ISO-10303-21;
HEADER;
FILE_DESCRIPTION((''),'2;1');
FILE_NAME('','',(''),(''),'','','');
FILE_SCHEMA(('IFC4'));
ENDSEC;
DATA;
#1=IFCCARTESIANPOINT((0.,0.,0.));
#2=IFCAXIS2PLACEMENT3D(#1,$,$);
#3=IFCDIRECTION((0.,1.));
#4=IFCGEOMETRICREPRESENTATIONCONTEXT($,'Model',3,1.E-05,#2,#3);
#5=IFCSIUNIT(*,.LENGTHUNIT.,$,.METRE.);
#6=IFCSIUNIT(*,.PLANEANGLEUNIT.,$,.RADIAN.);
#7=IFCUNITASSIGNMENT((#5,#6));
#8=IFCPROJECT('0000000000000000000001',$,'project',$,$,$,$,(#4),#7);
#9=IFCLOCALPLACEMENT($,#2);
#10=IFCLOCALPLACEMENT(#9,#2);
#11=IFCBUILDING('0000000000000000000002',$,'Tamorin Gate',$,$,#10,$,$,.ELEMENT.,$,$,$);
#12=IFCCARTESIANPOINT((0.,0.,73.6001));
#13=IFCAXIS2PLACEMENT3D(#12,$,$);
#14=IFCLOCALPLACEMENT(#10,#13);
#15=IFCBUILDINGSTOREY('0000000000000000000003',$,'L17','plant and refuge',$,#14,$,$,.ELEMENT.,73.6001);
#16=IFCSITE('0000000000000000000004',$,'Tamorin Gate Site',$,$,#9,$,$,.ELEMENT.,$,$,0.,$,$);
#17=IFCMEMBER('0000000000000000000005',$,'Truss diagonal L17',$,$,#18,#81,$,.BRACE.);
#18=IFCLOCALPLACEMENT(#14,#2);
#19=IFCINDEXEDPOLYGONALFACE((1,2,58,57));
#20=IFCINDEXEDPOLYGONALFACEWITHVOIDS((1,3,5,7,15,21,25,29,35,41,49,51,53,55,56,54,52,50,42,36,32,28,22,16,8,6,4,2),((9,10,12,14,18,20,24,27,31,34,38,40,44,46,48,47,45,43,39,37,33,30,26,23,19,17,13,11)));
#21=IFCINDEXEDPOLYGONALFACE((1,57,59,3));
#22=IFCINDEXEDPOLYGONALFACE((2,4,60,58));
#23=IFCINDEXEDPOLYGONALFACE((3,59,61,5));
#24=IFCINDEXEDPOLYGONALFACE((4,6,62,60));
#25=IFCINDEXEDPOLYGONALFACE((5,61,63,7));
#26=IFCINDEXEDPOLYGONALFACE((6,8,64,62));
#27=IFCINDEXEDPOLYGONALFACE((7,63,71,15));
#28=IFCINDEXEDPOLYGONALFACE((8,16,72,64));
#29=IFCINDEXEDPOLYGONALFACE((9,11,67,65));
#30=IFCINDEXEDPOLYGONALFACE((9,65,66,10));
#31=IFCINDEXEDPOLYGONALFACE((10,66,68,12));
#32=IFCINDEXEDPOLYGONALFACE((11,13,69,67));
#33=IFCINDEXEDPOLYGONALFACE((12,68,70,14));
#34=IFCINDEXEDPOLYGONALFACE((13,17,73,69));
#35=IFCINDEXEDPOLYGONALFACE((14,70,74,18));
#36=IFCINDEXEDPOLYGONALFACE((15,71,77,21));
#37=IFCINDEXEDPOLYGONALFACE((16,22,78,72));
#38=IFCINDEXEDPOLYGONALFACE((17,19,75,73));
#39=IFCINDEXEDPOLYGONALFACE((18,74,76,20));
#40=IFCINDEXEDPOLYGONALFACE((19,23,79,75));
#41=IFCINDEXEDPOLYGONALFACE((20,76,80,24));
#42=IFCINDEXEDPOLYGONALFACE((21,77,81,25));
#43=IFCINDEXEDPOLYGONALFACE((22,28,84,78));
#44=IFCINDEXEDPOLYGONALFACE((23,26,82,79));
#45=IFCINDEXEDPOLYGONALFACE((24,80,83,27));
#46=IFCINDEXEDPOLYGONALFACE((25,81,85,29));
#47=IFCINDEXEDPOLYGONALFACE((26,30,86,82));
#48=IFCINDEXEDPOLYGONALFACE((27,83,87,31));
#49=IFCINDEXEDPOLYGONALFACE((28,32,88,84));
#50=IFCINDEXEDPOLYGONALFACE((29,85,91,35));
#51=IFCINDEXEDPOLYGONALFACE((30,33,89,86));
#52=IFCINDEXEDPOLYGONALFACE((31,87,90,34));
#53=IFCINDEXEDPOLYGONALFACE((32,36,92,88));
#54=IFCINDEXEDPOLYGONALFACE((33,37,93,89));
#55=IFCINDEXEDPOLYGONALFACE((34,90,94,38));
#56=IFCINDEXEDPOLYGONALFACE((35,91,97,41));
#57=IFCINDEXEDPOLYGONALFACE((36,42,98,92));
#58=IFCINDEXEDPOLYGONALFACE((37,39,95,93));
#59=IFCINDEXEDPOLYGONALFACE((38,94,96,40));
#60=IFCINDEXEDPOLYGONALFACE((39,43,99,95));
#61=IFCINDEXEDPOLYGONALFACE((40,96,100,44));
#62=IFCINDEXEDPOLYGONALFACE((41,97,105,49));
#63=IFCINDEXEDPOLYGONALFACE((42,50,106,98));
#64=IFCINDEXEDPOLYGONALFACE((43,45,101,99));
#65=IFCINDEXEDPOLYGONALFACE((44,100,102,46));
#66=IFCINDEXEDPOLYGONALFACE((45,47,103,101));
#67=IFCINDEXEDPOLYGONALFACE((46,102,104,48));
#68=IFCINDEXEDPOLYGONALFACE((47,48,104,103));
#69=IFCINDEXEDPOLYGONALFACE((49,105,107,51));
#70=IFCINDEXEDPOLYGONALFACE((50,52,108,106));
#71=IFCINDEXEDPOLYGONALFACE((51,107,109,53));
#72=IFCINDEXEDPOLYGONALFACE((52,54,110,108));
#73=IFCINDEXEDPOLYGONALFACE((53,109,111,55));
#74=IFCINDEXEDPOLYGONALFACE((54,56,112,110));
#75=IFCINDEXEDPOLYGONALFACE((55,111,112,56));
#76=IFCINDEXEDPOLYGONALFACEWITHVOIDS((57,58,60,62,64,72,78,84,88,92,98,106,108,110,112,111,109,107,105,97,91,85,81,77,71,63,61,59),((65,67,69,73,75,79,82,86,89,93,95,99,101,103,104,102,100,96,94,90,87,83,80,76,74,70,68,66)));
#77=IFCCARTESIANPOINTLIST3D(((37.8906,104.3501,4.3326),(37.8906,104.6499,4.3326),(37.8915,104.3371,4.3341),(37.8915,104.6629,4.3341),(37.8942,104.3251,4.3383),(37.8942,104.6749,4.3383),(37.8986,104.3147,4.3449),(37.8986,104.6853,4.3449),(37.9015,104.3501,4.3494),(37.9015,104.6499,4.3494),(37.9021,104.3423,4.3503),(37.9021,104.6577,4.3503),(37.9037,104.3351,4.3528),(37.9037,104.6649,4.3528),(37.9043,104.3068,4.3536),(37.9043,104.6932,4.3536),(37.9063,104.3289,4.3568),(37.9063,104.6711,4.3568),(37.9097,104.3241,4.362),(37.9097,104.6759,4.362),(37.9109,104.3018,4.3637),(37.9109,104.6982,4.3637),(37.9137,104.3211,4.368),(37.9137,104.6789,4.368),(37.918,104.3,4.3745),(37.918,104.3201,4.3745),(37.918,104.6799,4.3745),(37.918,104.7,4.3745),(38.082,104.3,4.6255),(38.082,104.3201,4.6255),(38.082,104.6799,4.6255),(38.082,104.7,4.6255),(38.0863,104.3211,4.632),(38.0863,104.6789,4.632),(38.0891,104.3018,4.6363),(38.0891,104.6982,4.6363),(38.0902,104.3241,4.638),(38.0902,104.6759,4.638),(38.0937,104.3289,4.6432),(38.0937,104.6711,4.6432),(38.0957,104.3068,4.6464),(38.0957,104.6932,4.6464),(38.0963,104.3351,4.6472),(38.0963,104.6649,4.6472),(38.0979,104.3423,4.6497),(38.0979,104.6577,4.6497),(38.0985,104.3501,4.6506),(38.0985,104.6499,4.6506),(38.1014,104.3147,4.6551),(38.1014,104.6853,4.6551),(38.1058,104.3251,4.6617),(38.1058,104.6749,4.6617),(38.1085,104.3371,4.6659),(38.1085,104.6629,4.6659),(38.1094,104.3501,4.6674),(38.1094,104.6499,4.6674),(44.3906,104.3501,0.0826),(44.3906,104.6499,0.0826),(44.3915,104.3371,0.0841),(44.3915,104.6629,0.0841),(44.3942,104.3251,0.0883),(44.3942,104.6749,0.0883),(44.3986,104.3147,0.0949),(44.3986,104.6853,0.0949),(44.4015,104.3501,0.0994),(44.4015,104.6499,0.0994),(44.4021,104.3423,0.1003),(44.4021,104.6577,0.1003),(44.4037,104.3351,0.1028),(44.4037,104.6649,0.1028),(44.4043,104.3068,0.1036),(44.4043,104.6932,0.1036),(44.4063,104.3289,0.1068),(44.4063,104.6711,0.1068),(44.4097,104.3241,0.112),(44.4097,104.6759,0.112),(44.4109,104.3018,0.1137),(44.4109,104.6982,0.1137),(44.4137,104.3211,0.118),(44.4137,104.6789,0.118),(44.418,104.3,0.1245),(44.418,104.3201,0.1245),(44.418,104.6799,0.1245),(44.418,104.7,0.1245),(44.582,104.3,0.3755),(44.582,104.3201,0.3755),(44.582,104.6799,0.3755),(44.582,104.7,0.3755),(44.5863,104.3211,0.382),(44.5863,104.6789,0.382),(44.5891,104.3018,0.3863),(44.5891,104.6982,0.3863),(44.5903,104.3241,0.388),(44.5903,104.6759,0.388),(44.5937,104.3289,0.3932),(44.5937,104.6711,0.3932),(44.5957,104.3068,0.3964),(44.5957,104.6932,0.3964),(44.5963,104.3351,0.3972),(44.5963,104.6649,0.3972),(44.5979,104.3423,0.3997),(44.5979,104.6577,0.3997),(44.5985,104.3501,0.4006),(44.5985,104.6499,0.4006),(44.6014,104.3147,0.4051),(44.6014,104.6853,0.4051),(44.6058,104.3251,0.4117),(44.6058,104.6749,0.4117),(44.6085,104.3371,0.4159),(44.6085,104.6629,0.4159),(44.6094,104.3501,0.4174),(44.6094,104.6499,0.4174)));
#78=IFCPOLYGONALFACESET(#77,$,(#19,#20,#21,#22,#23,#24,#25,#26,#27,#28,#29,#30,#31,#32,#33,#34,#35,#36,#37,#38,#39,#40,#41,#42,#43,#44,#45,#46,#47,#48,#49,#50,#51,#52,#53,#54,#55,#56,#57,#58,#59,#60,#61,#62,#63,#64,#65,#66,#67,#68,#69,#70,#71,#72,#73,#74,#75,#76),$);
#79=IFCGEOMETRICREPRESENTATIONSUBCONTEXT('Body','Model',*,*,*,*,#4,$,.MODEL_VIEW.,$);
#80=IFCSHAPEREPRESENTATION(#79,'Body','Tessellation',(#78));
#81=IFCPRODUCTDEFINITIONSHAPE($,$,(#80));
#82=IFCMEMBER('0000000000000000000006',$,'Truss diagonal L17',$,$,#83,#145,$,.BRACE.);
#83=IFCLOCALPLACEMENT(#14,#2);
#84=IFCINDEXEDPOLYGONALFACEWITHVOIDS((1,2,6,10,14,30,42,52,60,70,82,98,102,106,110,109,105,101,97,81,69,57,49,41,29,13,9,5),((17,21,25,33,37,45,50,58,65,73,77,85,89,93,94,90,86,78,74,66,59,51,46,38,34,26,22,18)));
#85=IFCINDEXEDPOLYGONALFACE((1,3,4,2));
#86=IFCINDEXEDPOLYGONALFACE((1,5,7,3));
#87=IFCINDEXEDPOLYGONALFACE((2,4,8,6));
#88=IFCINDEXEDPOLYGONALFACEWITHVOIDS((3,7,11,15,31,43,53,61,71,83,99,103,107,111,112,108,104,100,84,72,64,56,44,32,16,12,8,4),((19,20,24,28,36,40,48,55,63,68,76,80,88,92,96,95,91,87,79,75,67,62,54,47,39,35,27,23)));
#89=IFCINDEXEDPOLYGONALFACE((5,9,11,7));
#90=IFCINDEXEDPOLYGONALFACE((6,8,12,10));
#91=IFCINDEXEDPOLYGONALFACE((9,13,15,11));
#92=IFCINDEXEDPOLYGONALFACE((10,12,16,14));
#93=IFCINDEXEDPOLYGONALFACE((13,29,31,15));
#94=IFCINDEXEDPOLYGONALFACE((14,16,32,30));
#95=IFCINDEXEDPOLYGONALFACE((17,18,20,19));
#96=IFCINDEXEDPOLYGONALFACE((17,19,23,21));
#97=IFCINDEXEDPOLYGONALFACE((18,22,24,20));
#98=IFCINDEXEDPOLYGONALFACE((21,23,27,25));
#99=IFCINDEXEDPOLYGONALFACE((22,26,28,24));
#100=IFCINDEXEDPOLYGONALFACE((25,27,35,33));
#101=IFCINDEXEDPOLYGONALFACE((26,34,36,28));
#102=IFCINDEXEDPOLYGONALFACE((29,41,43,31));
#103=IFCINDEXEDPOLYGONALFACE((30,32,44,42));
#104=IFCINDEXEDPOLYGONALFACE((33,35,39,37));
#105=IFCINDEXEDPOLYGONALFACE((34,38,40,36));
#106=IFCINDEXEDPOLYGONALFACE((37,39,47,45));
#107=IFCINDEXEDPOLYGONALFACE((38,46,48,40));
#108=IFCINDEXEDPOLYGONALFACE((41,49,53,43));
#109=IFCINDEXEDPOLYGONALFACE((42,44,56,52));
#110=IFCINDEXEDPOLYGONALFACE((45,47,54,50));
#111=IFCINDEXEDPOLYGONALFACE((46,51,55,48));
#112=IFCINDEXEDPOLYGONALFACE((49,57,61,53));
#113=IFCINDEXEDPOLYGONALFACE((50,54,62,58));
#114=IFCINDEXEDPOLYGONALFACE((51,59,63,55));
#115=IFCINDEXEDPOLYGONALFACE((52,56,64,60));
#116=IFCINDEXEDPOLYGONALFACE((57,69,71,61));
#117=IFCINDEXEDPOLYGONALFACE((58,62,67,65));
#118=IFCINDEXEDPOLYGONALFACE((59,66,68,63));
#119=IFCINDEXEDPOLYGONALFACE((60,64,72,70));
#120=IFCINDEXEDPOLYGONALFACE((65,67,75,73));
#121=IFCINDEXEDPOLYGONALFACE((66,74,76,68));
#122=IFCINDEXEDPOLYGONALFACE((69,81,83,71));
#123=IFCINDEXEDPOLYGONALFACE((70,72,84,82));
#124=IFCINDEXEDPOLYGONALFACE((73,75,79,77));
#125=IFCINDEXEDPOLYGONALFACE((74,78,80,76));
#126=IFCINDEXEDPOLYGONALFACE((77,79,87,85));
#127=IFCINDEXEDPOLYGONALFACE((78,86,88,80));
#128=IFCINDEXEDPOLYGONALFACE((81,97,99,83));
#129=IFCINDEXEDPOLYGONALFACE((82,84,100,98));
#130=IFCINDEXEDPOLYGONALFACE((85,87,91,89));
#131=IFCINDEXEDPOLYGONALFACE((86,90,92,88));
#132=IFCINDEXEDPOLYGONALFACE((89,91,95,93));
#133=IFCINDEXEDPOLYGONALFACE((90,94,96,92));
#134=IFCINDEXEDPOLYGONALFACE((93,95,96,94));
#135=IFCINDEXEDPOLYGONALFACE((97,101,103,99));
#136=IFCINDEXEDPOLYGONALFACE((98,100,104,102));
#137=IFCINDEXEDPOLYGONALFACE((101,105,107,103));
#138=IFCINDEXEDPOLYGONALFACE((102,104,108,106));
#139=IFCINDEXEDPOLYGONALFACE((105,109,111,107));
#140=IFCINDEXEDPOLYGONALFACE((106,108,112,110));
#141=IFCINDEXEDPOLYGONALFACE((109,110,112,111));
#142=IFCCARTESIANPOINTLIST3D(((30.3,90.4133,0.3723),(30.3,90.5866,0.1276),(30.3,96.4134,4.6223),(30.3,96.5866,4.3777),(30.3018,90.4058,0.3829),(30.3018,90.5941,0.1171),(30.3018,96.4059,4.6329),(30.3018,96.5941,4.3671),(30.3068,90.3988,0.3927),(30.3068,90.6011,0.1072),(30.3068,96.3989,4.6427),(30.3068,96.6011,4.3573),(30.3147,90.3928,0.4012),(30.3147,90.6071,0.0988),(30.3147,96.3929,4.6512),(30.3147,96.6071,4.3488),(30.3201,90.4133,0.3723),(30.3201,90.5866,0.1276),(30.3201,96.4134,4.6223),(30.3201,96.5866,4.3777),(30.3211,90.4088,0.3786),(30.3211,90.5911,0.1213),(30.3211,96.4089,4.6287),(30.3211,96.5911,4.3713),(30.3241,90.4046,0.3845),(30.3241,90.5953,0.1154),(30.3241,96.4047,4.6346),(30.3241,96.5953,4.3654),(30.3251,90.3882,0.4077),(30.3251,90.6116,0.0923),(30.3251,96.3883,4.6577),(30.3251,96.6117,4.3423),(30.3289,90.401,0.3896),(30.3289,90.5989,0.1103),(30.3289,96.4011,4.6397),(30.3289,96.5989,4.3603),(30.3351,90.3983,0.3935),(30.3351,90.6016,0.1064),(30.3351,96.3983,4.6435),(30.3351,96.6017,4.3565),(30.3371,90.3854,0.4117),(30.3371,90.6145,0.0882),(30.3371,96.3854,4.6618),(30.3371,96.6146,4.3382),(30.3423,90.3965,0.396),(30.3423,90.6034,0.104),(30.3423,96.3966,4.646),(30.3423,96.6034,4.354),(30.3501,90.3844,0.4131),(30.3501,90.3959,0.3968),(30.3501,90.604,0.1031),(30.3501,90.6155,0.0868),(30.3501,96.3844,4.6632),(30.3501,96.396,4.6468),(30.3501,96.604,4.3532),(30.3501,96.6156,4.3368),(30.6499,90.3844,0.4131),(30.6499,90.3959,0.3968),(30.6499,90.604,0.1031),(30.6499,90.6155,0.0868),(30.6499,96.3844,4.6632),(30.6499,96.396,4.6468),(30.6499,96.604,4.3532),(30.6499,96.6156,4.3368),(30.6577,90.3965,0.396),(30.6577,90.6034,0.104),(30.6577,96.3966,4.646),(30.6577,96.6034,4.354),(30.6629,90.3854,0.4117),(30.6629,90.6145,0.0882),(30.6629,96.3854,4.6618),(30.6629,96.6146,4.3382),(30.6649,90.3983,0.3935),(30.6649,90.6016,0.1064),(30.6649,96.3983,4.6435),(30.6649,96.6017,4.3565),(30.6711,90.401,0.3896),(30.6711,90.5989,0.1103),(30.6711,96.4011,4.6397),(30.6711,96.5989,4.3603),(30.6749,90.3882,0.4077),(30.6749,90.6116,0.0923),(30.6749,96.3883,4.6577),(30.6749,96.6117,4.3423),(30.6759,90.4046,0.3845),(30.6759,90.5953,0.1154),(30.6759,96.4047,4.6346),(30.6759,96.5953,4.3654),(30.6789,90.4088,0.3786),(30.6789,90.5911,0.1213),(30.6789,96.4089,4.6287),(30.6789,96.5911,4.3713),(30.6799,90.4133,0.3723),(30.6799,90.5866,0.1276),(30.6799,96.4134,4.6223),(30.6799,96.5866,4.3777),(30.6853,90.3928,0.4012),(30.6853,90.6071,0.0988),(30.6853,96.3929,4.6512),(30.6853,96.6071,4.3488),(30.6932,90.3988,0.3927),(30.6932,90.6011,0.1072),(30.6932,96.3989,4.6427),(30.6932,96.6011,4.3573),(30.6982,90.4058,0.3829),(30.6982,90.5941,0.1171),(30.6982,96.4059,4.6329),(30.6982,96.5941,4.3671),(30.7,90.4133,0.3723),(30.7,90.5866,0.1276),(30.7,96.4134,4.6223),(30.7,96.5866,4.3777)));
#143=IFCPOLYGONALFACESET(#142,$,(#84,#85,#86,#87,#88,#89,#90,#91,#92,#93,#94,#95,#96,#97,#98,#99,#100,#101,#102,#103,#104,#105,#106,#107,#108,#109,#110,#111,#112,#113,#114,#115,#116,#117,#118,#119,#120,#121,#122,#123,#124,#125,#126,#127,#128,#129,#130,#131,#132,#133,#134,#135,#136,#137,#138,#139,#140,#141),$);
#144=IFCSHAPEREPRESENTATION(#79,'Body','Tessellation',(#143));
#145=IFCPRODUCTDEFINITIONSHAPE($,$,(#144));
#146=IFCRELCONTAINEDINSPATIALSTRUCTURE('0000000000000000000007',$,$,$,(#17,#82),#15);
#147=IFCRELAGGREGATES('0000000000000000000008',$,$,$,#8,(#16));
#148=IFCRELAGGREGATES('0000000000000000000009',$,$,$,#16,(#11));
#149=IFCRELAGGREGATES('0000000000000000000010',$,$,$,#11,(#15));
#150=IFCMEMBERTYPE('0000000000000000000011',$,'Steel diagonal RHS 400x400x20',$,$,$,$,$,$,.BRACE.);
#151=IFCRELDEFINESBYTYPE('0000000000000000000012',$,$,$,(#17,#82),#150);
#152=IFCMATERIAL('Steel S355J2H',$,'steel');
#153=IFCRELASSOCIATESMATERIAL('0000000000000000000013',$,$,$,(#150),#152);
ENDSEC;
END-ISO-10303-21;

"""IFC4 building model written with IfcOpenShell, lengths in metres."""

from ifc_helpers import new_model, si_unit, direction, frame, origin, origin_2d, place, context, subcontext, project, spatial, hollow_rectangle, extrude, material, material_profile, profile_set, type_object, element, save


model = new_model("IFC4")

# Units and contexts
model_context = context("Model", 3, precision=1e-05, world=origin(), true_north=direction((0.0, 1.0)))
body_context = subcontext(model_context, "Body", "Model", "MODEL_VIEW")
ifc_project = project(units=[si_unit("LENGTHUNIT", "METRE"), si_unit("PLANEANGLEUNIT", "RADIAN")], contexts=[model_context])

# Site, building, storey
site_placement = place(None, origin())
site = spatial("IfcSite", under=ifc_project, at=site_placement, Name="Tamorin Gate Site", CompositionType="ELEMENT", RefElevation=0.0)
building_placement = place(site_placement, origin())
building = spatial("IfcBuilding", under=site, at=building_placement, Name="Tamorin Gate", CompositionType="ELEMENT")
storey_placement = place(building_placement, frame((0.0, 0.0, 73.6001)))
storey = spatial("IfcBuildingStorey", under=building, at=storey_placement, Name="L17", Description="plant and refuge", CompositionType="ELEMENT", Elevation=73.6001)

# Members
ifc_material_1 = material(Name="Steel S355J2H", Category="steel")
ifc_material_profile_1 = material_profile(ifc_material_1, hollow_rectangle(XDim=0.3999, YDim=0.3999, WallThickness=0.02, InnerFilletRadius=0.03, OuterFilletRadius=0.05, at=origin_2d()), Name="RHS 400x400x20")
ifc_profile_set_1 = profile_set([ifc_material_profile_1], Name="Steel S355J2H")
member_type_1 = type_object("IfcMemberType", Name="Steel diagonal RHS 400x400x20", PredefinedType="BRACE", material=ifc_profile_set_1)
for number, where, z_axis, x_axis, name in (
    (1, (44.5, 104.5, 0.25), (-0.83697, 0.0, 0.547249), (0.0, -1.0, 0.0), "Truss diagonal L17"),
):
    element("IfcMember", number, at=place(storey_placement, frame(where, z_axis=z_axis, x_axis=x_axis)), inside=storey, type_object=member_type_1, Name=name, PredefinedType="BRACE", context=body_context, shape_type="SweptSolid", body=[
        extrude(hollow_rectangle(XDim=0.3999, YDim=0.3999, WallThickness=0.02, InnerFilletRadius=0.03, OuterFilletRadius=0.05, at=origin_2d()), origin(), (0.0, 0.0, 1.0), 7.7661),
    ])
member_placement = place(storey_placement, frame((30.5, 96.5, 4.5), z_axis=(0.0, -0.816024, -0.578017), x_axis=(1.0, 0.0, 0.0)))
element("IfcMember", 2, at=member_placement, inside=storey, type_object=member_type_1, Name="Truss diagonal L17", PredefinedType="BRACE", context=body_context, shape_type="SweptSolid", body=[
    extrude(hollow_rectangle(XDim=0.3999, YDim=0.3999, WallThickness=0.02, InnerFilletRadius=0.03, OuterFilletRadius=0.05, at=origin_2d()), origin(), (0.0, 0.0, 1.0), 7.3528),
])

save(model, "model.ifc")
